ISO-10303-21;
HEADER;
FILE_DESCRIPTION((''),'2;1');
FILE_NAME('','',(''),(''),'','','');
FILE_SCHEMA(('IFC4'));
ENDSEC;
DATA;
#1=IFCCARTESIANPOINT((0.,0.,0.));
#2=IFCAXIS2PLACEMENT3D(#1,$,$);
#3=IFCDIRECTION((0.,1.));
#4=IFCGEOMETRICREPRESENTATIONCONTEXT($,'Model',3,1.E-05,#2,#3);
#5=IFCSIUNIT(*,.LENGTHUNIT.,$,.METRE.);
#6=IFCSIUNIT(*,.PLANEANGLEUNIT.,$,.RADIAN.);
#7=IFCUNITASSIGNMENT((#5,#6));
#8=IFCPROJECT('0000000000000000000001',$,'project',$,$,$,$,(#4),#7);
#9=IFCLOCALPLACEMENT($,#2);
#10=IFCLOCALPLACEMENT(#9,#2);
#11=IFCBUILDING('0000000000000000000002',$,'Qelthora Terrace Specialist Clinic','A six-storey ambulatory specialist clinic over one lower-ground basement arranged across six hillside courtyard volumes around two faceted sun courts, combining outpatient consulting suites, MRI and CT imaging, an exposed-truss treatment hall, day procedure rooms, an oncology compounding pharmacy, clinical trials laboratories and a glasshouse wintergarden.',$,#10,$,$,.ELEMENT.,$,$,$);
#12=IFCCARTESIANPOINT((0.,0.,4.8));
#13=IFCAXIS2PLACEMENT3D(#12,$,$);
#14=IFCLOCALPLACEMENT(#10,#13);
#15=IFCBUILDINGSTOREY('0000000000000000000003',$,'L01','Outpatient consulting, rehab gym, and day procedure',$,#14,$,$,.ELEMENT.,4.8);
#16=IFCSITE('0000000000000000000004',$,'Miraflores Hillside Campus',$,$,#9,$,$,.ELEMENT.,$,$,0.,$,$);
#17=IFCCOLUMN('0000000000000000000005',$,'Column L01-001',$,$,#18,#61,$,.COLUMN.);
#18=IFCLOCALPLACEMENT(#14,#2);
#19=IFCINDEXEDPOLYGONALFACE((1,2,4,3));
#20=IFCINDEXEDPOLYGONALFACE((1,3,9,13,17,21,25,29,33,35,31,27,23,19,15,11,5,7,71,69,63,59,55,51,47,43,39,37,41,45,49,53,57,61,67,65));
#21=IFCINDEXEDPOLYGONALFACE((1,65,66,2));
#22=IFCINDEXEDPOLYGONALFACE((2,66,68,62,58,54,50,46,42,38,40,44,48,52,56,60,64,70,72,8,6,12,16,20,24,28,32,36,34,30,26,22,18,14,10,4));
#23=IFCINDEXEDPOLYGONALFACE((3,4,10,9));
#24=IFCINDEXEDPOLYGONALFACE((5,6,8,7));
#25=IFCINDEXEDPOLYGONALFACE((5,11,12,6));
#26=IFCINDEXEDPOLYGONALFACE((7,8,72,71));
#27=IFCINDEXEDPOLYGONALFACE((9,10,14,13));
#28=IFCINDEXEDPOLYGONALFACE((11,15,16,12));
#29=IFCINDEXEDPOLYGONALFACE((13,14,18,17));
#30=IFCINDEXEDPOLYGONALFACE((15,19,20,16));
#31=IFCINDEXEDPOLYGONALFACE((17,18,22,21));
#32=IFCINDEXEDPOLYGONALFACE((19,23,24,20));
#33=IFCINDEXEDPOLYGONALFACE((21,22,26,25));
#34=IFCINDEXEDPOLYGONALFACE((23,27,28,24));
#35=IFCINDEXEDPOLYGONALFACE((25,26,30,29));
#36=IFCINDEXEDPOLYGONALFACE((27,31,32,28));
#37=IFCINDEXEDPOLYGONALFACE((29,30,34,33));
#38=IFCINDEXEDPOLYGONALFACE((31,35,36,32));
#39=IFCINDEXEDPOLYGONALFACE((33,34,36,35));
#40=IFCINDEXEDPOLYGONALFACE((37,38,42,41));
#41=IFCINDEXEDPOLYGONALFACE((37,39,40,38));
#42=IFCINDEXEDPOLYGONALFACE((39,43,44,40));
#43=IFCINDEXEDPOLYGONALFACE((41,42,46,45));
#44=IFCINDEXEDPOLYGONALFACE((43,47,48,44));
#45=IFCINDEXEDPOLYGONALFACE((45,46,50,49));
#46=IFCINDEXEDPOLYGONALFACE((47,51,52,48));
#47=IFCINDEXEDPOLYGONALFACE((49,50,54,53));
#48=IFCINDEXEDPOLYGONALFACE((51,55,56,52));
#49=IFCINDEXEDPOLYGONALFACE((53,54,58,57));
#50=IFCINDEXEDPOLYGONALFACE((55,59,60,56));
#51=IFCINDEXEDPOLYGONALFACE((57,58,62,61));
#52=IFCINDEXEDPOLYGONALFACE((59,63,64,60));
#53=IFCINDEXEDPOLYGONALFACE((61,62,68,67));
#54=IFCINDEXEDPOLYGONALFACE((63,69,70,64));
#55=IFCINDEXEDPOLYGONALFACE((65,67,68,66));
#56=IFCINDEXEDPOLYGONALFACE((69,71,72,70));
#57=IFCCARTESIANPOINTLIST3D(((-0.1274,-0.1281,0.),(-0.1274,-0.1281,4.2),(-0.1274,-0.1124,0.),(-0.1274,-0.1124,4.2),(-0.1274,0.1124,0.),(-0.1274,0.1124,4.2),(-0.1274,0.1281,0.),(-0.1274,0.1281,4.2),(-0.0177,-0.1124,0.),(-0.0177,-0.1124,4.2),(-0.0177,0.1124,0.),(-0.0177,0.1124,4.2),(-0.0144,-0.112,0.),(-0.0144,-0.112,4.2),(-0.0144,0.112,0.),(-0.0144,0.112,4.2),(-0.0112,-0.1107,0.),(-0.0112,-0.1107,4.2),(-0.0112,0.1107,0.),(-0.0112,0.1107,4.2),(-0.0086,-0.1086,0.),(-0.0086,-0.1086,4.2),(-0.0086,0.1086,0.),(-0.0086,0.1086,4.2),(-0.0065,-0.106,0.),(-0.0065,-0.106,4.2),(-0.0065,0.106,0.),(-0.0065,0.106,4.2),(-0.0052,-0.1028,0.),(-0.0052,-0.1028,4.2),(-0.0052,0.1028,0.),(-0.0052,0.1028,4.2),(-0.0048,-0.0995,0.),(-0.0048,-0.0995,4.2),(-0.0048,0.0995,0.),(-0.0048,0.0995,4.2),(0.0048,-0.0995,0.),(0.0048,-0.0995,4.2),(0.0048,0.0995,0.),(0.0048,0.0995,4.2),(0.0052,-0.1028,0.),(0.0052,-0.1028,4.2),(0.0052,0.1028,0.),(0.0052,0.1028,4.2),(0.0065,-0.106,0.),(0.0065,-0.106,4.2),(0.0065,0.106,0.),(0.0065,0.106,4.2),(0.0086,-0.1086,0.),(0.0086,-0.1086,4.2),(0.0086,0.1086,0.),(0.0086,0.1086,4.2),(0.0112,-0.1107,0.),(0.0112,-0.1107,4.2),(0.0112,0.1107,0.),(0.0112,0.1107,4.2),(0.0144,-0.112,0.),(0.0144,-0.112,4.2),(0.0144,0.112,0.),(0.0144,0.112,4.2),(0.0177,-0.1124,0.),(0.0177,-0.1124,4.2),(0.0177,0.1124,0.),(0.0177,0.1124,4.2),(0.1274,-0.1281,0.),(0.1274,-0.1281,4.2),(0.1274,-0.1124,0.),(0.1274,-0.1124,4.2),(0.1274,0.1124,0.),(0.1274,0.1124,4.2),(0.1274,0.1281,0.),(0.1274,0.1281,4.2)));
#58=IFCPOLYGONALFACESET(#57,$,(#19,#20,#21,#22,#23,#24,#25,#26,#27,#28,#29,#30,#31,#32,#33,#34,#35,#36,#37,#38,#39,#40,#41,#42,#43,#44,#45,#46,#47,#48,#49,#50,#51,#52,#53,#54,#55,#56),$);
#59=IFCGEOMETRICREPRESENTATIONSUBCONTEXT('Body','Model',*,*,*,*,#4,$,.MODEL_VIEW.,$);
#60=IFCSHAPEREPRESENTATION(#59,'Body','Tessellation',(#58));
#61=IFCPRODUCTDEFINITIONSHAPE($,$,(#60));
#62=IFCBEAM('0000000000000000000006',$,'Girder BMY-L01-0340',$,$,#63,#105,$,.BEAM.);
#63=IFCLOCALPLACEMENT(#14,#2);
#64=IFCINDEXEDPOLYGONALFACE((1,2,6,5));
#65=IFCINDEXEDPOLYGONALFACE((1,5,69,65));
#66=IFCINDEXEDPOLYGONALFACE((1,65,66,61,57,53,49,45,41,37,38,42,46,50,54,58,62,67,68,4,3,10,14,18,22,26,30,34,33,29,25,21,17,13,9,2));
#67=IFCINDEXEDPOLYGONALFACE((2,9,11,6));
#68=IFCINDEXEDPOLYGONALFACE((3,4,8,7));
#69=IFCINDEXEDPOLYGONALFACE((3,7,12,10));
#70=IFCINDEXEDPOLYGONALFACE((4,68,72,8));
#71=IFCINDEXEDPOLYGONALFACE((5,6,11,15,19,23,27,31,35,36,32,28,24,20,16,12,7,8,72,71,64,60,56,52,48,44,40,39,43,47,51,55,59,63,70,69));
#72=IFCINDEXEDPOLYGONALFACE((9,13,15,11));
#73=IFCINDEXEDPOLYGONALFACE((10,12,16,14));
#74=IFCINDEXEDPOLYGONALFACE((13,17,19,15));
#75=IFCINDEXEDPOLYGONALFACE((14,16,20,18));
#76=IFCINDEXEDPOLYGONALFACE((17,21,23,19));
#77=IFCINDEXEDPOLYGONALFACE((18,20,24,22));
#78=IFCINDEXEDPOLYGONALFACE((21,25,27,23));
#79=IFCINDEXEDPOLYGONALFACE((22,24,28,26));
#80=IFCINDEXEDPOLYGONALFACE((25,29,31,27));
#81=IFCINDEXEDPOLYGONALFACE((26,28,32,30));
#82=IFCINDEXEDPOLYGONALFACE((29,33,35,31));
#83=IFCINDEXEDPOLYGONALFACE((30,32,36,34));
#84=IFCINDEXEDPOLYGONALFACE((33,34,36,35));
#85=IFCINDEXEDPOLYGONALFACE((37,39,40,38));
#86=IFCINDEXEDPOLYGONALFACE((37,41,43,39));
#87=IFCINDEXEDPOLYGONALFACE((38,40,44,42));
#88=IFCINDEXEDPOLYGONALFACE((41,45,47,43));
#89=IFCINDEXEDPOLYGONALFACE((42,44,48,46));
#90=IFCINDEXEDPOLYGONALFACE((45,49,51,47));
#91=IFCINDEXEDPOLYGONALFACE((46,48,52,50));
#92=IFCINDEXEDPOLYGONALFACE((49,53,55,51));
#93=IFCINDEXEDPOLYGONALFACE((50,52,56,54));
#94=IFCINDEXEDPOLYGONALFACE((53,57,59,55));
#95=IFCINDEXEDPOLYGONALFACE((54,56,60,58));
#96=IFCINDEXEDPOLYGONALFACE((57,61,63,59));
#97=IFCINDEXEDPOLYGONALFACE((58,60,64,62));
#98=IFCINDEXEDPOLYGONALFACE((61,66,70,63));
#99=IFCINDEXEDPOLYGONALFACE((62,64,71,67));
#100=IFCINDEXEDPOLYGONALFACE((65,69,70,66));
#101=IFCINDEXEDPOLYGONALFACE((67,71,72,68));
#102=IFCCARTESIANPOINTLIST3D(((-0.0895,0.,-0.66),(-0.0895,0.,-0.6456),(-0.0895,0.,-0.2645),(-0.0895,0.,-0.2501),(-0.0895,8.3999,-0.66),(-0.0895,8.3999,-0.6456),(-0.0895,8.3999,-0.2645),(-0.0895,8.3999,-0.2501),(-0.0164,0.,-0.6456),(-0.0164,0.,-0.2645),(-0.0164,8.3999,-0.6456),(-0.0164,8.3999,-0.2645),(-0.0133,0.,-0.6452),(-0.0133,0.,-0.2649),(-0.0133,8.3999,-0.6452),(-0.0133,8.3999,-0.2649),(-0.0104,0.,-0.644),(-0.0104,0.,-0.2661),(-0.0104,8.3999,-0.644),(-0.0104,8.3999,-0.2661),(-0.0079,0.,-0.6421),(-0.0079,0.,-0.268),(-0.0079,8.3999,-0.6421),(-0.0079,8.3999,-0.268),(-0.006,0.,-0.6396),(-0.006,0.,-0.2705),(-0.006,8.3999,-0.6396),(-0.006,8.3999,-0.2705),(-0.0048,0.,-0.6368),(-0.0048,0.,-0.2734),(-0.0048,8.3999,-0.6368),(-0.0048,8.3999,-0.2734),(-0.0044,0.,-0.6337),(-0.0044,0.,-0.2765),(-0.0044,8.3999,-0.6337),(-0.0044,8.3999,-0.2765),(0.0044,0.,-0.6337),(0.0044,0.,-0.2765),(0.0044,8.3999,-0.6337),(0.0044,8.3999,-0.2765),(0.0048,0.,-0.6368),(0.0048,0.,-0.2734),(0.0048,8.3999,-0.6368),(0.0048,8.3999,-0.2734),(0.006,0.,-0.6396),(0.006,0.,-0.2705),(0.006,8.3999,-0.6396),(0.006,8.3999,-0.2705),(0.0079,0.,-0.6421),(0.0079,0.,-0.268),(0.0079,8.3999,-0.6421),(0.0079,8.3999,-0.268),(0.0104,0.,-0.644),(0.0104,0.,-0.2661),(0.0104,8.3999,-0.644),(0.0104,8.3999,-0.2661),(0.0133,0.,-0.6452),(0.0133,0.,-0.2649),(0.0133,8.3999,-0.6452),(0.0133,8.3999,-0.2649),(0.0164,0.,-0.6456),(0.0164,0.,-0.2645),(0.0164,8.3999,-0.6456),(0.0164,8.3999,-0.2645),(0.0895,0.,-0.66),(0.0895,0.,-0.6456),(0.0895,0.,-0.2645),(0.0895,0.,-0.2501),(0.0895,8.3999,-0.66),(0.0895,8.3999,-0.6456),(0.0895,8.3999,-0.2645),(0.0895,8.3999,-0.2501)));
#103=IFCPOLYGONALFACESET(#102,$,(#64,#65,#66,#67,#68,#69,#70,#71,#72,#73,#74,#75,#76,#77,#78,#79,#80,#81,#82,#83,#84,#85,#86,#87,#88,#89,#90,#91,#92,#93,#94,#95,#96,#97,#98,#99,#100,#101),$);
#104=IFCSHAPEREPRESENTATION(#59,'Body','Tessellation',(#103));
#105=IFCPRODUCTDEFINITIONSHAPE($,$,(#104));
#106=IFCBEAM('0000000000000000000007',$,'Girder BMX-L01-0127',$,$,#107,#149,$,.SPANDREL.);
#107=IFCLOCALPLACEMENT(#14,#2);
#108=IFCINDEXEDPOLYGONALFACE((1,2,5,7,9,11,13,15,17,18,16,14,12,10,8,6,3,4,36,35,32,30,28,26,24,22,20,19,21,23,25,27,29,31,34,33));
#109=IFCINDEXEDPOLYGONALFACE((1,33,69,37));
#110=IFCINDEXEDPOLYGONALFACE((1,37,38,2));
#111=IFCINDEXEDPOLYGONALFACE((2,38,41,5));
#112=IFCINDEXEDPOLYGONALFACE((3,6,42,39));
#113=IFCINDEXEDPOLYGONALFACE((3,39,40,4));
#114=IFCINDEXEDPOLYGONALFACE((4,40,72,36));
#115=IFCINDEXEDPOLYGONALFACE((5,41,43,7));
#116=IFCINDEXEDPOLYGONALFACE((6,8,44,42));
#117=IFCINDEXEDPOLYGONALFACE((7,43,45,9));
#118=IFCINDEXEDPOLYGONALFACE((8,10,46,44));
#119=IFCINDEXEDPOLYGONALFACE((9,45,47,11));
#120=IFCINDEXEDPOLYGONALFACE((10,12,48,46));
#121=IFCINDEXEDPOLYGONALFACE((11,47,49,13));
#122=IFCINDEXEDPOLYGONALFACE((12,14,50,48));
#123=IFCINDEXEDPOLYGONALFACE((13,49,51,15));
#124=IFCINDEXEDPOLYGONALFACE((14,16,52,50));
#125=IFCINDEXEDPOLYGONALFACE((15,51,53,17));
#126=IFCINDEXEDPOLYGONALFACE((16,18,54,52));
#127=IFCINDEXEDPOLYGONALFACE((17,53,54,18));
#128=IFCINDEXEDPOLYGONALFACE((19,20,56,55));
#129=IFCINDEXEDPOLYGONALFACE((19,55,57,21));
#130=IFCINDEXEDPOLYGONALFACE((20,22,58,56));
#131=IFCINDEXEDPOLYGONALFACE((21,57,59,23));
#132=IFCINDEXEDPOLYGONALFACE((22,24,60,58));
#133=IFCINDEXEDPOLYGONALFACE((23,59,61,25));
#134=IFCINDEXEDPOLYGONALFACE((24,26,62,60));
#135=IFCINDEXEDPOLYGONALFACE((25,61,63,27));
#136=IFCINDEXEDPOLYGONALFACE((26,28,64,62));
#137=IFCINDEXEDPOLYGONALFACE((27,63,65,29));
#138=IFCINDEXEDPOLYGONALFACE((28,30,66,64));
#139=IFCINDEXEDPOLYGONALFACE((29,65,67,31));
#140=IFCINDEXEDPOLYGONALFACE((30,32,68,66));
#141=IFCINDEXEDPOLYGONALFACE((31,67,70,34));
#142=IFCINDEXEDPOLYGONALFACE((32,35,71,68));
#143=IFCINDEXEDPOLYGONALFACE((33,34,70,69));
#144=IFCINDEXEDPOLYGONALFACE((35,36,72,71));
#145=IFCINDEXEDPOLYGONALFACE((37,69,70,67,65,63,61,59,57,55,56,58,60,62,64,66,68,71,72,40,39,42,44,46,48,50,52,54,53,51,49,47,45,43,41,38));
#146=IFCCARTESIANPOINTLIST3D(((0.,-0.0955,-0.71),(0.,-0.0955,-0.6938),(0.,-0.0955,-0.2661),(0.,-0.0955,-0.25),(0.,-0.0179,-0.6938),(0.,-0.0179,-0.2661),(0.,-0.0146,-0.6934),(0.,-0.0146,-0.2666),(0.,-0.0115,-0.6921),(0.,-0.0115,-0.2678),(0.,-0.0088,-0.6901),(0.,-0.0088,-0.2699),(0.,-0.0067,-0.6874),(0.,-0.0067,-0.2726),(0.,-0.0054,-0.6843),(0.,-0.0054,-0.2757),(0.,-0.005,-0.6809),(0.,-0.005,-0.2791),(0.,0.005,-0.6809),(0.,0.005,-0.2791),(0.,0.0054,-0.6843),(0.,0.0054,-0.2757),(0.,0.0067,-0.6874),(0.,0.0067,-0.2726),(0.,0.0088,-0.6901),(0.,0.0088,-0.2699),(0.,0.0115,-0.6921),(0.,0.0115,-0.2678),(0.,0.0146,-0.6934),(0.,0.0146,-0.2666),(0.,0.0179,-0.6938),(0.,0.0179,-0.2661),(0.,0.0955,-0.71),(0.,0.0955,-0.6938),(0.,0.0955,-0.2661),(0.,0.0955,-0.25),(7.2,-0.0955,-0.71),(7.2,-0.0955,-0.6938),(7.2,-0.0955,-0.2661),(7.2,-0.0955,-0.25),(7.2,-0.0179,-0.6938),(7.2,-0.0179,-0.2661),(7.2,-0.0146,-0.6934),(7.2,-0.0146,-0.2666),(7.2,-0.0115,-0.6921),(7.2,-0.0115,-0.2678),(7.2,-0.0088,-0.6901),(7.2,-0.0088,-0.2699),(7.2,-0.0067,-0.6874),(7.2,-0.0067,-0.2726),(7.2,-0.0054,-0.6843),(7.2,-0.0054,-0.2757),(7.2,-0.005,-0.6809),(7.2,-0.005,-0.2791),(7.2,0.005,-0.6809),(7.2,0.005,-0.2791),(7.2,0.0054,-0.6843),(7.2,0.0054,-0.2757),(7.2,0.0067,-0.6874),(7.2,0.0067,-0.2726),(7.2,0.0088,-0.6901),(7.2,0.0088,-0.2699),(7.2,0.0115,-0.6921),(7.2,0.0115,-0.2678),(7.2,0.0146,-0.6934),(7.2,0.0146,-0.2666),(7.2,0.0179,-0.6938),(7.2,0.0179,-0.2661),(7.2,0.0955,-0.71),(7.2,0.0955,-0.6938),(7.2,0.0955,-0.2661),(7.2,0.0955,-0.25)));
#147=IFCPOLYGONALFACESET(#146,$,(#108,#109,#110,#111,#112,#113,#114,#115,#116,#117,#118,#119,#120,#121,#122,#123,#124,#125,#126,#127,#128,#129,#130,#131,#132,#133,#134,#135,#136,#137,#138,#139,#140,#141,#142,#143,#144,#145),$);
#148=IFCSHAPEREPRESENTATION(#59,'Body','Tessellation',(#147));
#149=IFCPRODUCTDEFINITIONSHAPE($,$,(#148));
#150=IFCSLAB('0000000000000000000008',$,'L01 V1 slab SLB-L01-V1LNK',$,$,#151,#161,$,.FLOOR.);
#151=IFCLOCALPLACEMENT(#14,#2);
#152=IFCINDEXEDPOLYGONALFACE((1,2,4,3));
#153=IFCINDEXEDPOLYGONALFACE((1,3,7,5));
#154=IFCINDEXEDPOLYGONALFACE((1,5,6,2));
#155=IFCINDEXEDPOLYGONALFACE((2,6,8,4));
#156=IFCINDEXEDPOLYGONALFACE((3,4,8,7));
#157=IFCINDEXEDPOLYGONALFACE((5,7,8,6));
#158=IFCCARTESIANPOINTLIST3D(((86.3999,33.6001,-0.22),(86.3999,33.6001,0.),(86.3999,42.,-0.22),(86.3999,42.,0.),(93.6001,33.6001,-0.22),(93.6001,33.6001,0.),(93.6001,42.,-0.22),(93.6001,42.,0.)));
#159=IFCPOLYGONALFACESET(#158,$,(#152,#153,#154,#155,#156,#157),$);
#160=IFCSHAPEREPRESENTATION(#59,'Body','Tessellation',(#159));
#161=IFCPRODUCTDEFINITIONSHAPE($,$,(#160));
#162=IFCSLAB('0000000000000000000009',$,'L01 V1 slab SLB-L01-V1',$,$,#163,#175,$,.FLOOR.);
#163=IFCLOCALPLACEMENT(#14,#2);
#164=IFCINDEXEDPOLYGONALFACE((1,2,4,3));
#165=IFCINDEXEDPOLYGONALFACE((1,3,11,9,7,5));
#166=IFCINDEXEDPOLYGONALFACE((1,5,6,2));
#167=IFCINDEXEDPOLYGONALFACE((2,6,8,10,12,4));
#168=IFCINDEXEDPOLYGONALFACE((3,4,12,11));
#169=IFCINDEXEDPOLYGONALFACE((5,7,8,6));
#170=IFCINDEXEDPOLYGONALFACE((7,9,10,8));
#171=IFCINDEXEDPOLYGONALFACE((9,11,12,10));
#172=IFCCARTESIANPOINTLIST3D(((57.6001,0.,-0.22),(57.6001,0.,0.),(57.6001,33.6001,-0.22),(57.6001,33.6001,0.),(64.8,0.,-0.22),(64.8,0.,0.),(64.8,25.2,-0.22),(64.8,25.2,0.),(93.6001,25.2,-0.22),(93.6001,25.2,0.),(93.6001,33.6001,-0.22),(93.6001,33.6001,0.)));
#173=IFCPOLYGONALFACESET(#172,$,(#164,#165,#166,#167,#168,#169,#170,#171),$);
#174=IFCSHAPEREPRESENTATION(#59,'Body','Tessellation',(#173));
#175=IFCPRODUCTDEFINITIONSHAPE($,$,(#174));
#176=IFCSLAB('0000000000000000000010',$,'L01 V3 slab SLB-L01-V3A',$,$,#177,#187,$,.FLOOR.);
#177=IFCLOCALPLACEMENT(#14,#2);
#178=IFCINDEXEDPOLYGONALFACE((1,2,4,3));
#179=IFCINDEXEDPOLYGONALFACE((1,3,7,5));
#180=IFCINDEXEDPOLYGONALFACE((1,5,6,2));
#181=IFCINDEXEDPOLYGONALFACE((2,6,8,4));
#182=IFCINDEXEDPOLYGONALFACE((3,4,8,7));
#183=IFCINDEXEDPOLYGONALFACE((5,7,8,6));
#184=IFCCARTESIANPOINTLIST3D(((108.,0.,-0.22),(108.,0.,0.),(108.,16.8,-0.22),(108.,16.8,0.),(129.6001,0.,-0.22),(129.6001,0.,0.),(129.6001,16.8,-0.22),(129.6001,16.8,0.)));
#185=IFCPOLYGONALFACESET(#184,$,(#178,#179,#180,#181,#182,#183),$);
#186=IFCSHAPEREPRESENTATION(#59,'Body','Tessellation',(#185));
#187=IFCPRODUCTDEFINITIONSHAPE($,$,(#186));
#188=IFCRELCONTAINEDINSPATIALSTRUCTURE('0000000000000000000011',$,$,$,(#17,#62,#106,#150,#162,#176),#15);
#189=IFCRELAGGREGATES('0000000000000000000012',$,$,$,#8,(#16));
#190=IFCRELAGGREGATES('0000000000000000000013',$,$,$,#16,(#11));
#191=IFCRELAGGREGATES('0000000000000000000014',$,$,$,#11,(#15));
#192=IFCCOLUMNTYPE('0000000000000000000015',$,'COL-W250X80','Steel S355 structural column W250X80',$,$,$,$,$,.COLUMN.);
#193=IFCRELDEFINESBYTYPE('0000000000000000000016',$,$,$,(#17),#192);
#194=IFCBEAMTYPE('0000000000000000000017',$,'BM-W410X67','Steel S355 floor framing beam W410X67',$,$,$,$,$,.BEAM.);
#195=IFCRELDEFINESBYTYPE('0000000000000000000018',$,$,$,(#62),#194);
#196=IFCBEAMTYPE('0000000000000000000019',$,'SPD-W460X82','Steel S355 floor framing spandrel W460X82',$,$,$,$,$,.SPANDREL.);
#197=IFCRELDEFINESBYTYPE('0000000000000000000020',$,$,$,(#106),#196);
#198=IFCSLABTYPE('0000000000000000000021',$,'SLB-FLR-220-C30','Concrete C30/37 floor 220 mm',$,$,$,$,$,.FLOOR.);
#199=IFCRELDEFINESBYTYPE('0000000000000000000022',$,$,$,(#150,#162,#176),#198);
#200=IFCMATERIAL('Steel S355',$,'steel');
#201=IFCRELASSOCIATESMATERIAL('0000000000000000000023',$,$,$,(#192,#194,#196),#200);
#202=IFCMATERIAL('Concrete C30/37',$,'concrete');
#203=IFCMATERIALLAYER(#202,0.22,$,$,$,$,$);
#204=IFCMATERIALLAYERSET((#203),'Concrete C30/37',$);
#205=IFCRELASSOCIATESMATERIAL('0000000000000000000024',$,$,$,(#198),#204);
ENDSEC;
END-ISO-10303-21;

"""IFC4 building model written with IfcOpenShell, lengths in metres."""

from ifc_helpers import new_model, si_unit, direction, frame, origin, origin_with_axes, origin_2d, place, context, subcontext, project, spatial, polyline, i_section, outline, extrude, material, layer, layer_set, material_profile, profile_set, type_object, element, save


model = new_model("IFC4")

# Units and contexts
model_context = context("Model", 3, precision=1e-05, world=origin(), true_north=direction((0.0, 1.0)))
body_context = subcontext(model_context, "Body", "Model", "MODEL_VIEW")
ifc_project = project(units=[si_unit("LENGTHUNIT", "METRE"), si_unit("PLANEANGLEUNIT", "RADIAN")], contexts=[model_context])

# Site, building, storey
site_placement = place(None, origin())
site = spatial("IfcSite", under=ifc_project, at=site_placement, Name="Miraflores Hillside Campus", CompositionType="ELEMENT", RefElevation=0.0)
building_placement = place(site_placement, origin())
building = spatial("IfcBuilding", under=site, at=building_placement, Name="Qelthora Terrace Specialist Clinic", Description="A six-storey ambulatory specialist clinic over one lower-ground basement arranged across six hillside courtyard volumes around two faceted sun courts, combining outpatient consulting suites, MRI and CT imaging, an exposed-truss treatment hall, day procedure rooms, an oncology compounding pharmacy, clinical trials laboratories and a glasshouse wintergarden.", CompositionType="ELEMENT")
storey_placement = place(building_placement, frame((0.0, 0.0, 4.8)))
storey = spatial("IfcBuildingStorey", under=building, at=storey_placement, Name="L01", Description="Outpatient consulting, rehab gym, and day procedure", CompositionType="ELEMENT", Elevation=4.8)

# Column
ifc_material_1 = material(Name="Steel S355", Category="steel")
ifc_material_profile_1 = material_profile(ifc_material_1, i_section(OverallWidth=0.2549, OverallDepth=0.2561, WebThickness=0.0095, FlangeThickness=0.0156, FilletRadius=0.0129, at=origin_2d()), Name="W250X80")
ifc_profile_set_1 = profile_set([ifc_material_profile_1], Name="Steel S355")
column_type = type_object("IfcColumnType", Name="COL-W250X80", Description="Steel S355 structural column W250X80", PredefinedType="COLUMN", material=ifc_profile_set_1)
column_placement = place(storey_placement, origin_with_axes())
element("IfcColumn", 1, at=column_placement, inside=storey, type_object=column_type, Name="Column L01-001", PredefinedType="COLUMN", context=body_context, shape_type="SweptSolid", body=[
    extrude(i_section(OverallWidth=0.2549, OverallDepth=0.2561, WebThickness=0.0095, FlangeThickness=0.0156, FilletRadius=0.0129, at=origin_2d()), origin(), (0.0, 0.0, 1.0), 4.2),
])

# Beams
ifc_material_profile_2 = material_profile(ifc_material_1, i_section(OverallWidth=0.179, OverallDepth=0.4099, WebThickness=0.0088, FlangeThickness=0.0144, FilletRadius=0.012, at=origin_2d()), Name="W410X67")
ifc_profile_set_2 = profile_set([ifc_material_profile_2], Name="Steel S355")
beam_type_1 = type_object("IfcBeamType", Name="BM-W410X67", Description="Steel S355 floor framing beam W410X67", PredefinedType="BEAM", material=ifc_profile_set_2)
beam_1_placement = place(storey_placement, frame((0.0, 0.0, -0.4551), z_axis=(0.0, 1.0, 0.0), x_axis=(-1.0, 0.0, 0.0)))
element("IfcBeam", 2, at=beam_1_placement, inside=storey, type_object=beam_type_1, Name="Girder BMY-L01-0340", PredefinedType="BEAM", context=body_context, shape_type="SweptSolid", body=[
    extrude(i_section(OverallWidth=0.179, OverallDepth=0.4099, WebThickness=0.0088, FlangeThickness=0.0144, FilletRadius=0.012, at=origin_2d()), origin(), (0.0, 0.0, 1.0), 8.3999),
])
ifc_material_profile_3 = material_profile(ifc_material_1, i_section(OverallWidth=0.1909, OverallDepth=0.46, WebThickness=0.01, FlangeThickness=0.0161, FilletRadius=0.0129, at=origin_2d()), Name="W460X82")
ifc_profile_set_3 = profile_set([ifc_material_profile_3], Name="Steel S355")
beam_type_2 = type_object("IfcBeamType", Name="SPD-W460X82", Description="Steel S355 floor framing spandrel W460X82", PredefinedType="SPANDREL", material=ifc_profile_set_3)
beam_2_placement = place(storey_placement, frame((0.0, 0.0, -0.48), z_axis=(1.0, 0.0, 0.0), x_axis=(0.0, 1.0, 0.0)))
element("IfcBeam", 3, at=beam_2_placement, inside=storey, type_object=beam_type_2, Name="Girder BMX-L01-0127", PredefinedType="SPANDREL", context=body_context, shape_type="SweptSolid", body=[
    extrude(i_section(OverallWidth=0.1909, OverallDepth=0.46, WebThickness=0.01, FlangeThickness=0.0161, FilletRadius=0.0129, at=origin_2d()), origin(), (0.0, 0.0, 1.0), 7.2),
])

# Slabs
ifc_material_2 = material(Name="Concrete C30/37", Category="concrete")
ifc_layer_1 = layer(ifc_material_2, 0.22)
ifc_layer_set_1 = layer_set([ifc_layer_1], Name="Concrete C30/37")
slab_type_1 = type_object("IfcSlabType", Name="SLB-FLR-220-C30", Description="Concrete C30/37 floor 220 mm", PredefinedType="FLOOR", material=ifc_layer_set_1)
slab_1_placement = place(storey_placement, frame((0.0, 0.0, -0.22)))
element("IfcSlab", 4, at=slab_1_placement, inside=storey, type_object=slab_type_1, Name="L01 V1 slab SLB-L01-V1LNK", PredefinedType="FLOOR", context=body_context, shape_type="SweptSolid", body=[
    extrude(outline(polyline([(86.3999, 42.0), (93.6001, 42.0), (93.6001, 33.6001), (86.3999, 33.6001), (86.3999, 42.0)])), origin(), (0.0, 0.0, 1.0), 0.22),
])
slab_2_placement = place(storey_placement, frame((0.0, 0.0, -0.22)))
element("IfcSlab", 5, at=slab_2_placement, inside=storey, type_object=slab_type_1, Name="L01 V1 slab SLB-L01-V1", PredefinedType="FLOOR", context=body_context, shape_type="SweptSolid", body=[
    extrude(outline(polyline([(57.6001, 33.6001), (93.6001, 33.6001), (93.6001, 25.2), (64.8, 25.2), (64.8, 0.0), (57.6001, 0.0), (57.6001, 33.6001)])), origin(), (0.0, 0.0, 1.0), 0.22),
])
slab_3_placement = place(storey_placement, frame((0.0, 0.0, -0.22)))
element("IfcSlab", 6, at=slab_3_placement, inside=storey, type_object=slab_type_1, Name="L01 V3 slab SLB-L01-V3A", PredefinedType="FLOOR", context=body_context, shape_type="SweptSolid", body=[
    extrude(outline(polyline([(108.0, 16.8), (129.6001, 16.8), (129.6001, 0.0), (108.0, 0.0), (108.0, 16.8)])), origin(), (0.0, 0.0, 1.0), 0.22),
])

save(model, "model.ifc")
